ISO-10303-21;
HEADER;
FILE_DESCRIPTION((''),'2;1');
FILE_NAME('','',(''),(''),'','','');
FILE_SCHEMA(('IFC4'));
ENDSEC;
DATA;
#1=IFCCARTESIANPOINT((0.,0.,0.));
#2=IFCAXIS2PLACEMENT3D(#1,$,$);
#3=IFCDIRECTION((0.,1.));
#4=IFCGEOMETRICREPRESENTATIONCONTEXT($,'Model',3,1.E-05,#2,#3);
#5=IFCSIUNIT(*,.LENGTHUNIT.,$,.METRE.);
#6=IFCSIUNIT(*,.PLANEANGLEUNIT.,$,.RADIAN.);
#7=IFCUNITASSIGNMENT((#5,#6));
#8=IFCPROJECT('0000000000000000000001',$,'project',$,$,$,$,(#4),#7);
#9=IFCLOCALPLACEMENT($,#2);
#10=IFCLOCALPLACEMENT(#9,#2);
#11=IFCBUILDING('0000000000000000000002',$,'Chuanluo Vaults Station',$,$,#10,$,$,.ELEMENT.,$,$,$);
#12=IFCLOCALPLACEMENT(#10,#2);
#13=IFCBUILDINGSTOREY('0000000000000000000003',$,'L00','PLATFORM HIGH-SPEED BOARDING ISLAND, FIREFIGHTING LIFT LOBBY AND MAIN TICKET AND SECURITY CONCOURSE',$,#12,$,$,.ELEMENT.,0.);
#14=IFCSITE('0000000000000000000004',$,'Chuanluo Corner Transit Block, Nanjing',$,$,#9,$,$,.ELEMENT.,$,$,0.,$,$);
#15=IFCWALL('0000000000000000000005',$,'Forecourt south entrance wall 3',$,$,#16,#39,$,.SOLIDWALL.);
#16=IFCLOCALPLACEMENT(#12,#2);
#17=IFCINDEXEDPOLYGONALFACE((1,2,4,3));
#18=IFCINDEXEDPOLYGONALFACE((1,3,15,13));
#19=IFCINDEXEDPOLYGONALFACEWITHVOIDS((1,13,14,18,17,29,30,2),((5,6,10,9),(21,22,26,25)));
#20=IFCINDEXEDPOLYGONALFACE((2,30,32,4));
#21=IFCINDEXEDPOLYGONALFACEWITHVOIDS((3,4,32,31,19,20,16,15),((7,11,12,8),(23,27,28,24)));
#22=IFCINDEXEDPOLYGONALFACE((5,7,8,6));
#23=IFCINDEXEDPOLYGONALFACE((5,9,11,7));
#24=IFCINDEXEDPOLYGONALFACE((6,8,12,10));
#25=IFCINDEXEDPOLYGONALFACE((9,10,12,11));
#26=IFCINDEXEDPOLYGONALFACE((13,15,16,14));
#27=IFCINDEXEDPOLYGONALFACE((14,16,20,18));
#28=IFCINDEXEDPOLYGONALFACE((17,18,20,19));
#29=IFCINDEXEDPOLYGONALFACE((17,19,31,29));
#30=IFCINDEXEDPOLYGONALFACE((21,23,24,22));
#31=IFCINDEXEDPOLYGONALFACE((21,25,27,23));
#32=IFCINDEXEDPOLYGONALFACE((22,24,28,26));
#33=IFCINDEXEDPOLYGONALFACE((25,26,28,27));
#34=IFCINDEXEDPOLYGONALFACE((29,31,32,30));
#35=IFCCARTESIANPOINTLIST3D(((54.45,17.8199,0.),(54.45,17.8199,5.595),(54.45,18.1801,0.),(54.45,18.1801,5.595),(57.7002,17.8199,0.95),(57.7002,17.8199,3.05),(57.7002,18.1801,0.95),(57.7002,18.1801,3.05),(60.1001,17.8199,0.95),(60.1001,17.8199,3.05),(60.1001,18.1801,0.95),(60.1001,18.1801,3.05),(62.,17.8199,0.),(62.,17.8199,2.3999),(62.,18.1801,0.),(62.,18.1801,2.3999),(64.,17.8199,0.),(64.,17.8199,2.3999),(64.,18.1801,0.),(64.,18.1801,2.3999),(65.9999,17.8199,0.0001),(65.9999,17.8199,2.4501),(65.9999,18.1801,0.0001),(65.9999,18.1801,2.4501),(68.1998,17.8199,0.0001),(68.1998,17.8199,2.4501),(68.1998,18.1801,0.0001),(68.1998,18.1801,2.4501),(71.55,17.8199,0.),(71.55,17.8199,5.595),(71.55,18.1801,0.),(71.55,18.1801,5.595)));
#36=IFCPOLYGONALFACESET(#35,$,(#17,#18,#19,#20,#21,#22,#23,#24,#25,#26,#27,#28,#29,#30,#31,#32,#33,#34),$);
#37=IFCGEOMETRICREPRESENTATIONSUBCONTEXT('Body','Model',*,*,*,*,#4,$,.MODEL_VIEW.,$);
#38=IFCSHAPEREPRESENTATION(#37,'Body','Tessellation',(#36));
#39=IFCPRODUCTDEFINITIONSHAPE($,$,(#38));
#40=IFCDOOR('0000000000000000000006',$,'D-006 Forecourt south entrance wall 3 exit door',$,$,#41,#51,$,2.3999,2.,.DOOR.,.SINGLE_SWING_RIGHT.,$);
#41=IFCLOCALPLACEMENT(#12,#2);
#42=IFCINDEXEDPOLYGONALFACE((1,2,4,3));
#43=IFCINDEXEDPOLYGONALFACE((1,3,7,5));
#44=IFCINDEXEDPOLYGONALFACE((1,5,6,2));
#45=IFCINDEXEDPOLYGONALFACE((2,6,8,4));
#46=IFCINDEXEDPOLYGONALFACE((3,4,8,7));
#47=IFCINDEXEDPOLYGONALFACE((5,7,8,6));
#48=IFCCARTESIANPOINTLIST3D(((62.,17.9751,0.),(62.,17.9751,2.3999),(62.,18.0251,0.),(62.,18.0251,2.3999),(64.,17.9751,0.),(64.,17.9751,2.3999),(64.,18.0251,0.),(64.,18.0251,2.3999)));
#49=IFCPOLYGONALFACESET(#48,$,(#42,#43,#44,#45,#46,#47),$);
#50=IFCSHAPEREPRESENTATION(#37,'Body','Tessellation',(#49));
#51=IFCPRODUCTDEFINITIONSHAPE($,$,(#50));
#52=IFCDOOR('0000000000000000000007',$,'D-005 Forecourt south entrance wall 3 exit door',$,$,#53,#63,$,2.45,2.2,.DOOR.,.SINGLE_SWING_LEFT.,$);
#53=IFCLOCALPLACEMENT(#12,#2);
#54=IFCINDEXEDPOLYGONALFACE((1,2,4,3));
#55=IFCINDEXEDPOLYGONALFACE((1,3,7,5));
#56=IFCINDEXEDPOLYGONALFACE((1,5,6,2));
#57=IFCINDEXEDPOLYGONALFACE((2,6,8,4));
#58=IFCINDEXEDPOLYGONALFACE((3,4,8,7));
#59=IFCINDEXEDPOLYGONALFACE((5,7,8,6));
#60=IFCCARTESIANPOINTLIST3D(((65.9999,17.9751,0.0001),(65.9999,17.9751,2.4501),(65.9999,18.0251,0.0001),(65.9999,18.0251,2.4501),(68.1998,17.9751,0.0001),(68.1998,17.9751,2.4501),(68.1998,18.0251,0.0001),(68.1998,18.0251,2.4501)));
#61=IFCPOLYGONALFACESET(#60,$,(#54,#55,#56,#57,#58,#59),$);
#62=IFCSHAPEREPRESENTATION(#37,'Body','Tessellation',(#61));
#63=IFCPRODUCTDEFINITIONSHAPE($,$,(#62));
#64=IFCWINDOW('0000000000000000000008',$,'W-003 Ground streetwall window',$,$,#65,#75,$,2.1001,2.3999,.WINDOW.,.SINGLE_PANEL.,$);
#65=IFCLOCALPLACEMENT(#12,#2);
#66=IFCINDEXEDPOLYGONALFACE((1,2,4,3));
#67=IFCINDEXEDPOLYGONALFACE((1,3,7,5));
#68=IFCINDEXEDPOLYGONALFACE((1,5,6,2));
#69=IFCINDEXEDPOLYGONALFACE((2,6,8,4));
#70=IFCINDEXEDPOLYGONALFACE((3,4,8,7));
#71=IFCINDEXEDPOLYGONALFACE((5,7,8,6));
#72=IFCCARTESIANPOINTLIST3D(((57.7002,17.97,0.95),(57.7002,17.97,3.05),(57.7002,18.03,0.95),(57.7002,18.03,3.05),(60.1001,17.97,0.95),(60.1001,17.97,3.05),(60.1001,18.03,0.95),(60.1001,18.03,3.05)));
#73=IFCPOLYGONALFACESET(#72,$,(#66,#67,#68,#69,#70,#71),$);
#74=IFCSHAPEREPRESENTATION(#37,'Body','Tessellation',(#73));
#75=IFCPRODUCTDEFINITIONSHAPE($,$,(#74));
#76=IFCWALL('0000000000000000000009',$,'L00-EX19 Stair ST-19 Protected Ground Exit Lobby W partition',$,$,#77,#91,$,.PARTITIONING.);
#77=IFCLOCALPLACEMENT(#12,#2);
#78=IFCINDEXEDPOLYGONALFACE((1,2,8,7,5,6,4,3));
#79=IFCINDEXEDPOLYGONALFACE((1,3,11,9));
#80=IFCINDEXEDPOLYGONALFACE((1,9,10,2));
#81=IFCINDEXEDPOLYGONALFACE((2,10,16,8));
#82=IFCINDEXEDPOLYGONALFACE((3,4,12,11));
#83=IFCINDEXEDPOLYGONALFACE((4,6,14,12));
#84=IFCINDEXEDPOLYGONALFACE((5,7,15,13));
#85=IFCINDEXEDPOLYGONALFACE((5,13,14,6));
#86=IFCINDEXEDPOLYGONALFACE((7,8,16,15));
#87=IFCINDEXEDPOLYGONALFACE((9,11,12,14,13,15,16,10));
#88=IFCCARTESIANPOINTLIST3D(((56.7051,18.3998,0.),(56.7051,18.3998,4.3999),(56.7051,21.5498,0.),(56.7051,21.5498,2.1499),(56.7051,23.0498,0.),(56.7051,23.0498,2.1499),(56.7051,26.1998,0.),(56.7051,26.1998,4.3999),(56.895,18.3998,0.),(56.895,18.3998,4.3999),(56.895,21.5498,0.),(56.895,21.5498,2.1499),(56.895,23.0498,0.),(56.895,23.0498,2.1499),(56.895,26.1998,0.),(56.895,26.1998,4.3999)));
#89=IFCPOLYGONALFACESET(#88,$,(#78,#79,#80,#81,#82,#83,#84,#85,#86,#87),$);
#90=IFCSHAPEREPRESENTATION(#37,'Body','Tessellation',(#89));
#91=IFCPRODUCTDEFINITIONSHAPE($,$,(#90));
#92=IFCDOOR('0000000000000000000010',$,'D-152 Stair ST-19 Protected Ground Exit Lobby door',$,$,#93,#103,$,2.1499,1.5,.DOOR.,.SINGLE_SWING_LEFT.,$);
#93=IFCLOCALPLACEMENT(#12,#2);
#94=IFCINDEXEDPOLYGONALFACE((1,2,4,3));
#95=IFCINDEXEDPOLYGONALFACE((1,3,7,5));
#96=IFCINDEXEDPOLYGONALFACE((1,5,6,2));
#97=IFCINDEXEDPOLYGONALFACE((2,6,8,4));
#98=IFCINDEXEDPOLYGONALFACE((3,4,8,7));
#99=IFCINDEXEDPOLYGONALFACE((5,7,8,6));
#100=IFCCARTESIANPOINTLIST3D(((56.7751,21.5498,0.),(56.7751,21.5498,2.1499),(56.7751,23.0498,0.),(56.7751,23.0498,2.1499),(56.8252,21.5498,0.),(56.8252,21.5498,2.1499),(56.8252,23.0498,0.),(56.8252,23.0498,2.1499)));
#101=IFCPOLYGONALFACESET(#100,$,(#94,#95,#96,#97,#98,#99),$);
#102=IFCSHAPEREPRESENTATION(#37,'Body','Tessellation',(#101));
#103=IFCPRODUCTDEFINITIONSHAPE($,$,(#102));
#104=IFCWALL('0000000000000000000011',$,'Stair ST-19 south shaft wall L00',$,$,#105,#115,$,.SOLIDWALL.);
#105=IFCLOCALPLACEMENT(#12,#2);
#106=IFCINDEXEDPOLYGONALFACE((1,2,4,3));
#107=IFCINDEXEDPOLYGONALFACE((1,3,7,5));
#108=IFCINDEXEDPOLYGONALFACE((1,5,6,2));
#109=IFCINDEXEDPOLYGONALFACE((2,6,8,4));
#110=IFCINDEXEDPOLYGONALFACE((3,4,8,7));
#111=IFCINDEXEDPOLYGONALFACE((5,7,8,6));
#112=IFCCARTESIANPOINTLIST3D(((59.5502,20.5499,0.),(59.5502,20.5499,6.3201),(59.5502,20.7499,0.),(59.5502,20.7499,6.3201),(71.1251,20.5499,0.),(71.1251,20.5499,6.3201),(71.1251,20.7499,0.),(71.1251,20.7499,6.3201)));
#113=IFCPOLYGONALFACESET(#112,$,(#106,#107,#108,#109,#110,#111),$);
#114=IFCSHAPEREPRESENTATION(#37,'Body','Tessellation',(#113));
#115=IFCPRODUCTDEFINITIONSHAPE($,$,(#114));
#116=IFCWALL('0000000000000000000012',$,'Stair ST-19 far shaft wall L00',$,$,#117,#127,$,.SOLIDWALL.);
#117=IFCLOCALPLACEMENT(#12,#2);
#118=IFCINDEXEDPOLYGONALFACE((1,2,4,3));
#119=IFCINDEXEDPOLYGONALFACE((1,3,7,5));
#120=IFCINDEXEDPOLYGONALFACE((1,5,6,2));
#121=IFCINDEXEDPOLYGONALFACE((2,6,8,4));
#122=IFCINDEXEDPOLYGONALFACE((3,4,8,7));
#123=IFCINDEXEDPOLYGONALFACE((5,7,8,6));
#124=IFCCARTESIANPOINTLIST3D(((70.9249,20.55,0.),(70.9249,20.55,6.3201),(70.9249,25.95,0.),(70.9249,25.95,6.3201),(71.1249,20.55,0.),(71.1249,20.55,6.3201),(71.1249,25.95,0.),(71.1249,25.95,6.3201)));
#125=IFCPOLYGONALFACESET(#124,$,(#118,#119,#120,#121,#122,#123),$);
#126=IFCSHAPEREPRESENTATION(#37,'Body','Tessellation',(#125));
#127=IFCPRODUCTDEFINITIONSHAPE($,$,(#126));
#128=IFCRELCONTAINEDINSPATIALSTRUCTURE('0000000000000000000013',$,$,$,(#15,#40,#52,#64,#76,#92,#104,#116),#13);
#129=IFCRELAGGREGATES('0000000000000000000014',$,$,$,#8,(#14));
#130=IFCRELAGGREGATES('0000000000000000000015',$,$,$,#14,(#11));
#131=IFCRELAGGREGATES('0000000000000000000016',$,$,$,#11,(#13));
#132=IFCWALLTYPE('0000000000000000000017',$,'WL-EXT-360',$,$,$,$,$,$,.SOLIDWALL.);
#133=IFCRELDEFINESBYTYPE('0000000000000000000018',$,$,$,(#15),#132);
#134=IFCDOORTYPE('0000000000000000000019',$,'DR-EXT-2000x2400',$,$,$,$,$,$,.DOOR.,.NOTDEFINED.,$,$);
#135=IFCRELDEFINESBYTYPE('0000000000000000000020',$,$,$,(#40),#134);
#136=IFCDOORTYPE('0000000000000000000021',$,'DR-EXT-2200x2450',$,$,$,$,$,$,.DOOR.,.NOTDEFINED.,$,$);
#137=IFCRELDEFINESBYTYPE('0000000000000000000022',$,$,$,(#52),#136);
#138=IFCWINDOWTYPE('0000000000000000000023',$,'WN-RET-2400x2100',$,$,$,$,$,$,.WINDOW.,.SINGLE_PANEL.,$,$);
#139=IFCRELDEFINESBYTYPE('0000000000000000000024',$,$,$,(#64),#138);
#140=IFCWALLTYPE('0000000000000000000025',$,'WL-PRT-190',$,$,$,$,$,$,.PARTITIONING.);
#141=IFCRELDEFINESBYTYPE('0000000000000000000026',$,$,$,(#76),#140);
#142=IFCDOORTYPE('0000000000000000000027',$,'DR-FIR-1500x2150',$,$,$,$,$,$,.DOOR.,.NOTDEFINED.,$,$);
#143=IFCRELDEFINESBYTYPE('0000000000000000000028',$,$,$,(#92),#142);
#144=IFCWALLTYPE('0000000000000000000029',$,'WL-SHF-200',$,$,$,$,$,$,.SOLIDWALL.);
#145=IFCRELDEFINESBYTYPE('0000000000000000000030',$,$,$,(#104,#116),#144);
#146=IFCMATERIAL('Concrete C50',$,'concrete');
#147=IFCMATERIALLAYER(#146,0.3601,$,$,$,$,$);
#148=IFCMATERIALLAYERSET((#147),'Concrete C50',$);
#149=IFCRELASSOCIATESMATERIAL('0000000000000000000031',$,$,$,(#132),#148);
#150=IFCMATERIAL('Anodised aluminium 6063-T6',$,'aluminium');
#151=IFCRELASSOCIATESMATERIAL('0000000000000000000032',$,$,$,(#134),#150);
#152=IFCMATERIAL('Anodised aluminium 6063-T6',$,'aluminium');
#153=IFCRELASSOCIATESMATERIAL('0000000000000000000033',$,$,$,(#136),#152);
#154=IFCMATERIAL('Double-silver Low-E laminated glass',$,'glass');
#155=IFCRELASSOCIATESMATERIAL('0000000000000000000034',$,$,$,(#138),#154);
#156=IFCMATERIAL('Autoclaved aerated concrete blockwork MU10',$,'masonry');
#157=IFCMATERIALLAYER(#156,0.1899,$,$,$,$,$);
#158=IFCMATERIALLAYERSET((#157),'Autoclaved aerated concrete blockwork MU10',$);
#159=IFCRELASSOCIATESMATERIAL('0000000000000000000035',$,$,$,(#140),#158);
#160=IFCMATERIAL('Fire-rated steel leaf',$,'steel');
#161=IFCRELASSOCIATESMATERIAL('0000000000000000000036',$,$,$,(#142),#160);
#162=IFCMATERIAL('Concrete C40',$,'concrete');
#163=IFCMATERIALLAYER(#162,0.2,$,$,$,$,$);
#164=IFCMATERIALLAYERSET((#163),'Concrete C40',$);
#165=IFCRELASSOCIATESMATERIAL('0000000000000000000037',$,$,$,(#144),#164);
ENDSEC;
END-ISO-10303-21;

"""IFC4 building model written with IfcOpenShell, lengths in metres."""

from ifc_helpers import new_model, si_unit, direction, frame, frame_2d, origin, place, context, subcontext, project, spatial, rectangle, extrude, material, layer, layer_set, type_object, element, fill, save


model = new_model("IFC4")

# Units and contexts
model_context = context("Model", 3, precision=1e-05, world=origin(), true_north=direction((0.0, 1.0)))
body_context = subcontext(model_context, "Body", "Model", "MODEL_VIEW")
ifc_project = project(units=[si_unit("LENGTHUNIT", "METRE"), si_unit("PLANEANGLEUNIT", "RADIAN")], contexts=[model_context])

# Site, building, storey
site_placement = place(None, origin())
site = spatial("IfcSite", under=ifc_project, at=site_placement, Name="Chuanluo Corner Transit Block, Nanjing", CompositionType="ELEMENT", RefElevation=0.0)
building_placement = place(site_placement, origin())
building = spatial("IfcBuilding", under=site, at=building_placement, Name="Chuanluo Vaults Station", CompositionType="ELEMENT")
storey_placement = place(building_placement, origin())
storey = spatial("IfcBuildingStorey", under=building, at=storey_placement, Name="L00", Description="PLATFORM HIGH-SPEED BOARDING ISLAND, FIREFIGHTING LIFT LOBBY AND MAIN TICKET AND SECURITY CONCOURSE", CompositionType="ELEMENT", Elevation=0.0)

# Wall, openings, doors, window
ifc_material_1 = material(Name="Concrete C50", Category="concrete")
ifc_layer_1 = layer(ifc_material_1, 0.3601)
ifc_layer_set_1 = layer_set([ifc_layer_1], Name="Concrete C50")
wall_type_1 = type_object("IfcWallType", Name="WL-EXT-360", PredefinedType="SOLIDWALL", material=ifc_layer_set_1)
wall_1_placement = place(storey_placement, frame((71.55, 18.0, 0.0), z_axis=(0.0, 0.0, 1.0), x_axis=(-1.0, 0.0, 0.0)))
wall_1 = element("IfcWall", 1, at=wall_1_placement, inside=storey, type_object=wall_type_1, Name="Forecourt south entrance wall 3", PredefinedType="SOLIDWALL", context=body_context, shape_type="SweptSolid", body=[
    extrude(rectangle(XDim=17.1001, YDim=0.3601, at=frame_2d((8.55, 0.0))), origin(), (0.0, 0.0, 1.0), 5.595),
])
opening_1_placement = place(wall_1_placement, frame((3.3501, 0.0, 0.0)))
opening_1 = element("IfcOpeningElement", 2, at=opening_1_placement, cuts=wall_1, PredefinedType="OPENING", context=body_context, shape_type="SweptSolid", body=[
    extrude(rectangle(XDim=2.2, YDim=2.45, at=frame_2d((1.1001, 1.2251))), frame((0.0, 0.1902, 0.0), z_axis=(0.0, -1.0, 0.0), x_axis=(1.0, 0.0, 0.0)), (0.0, 0.0, 1.0), 0.3801),
])
opening_2_placement = place(wall_1_placement, frame((7.55, 0.0, 0.0)))
opening_2 = element("IfcOpeningElement", 3, at=opening_2_placement, cuts=wall_1, PredefinedType="OPENING", context=body_context, shape_type="SweptSolid", body=[
    extrude(rectangle(XDim=2.0, YDim=2.3999, at=frame_2d((1.0, 1.2))), frame((0.0, 0.1902, 0.0), z_axis=(0.0, -1.0, 0.0), x_axis=(1.0, 0.0, 0.0)), (0.0, 0.0, 1.0), 0.3801),
])
opening_3_placement = place(wall_1_placement, frame((11.45, 0.0, 0.95)))
opening_3 = element("IfcOpeningElement", 4, at=opening_3_placement, cuts=wall_1, PredefinedType="OPENING", context=body_context, shape_type="SweptSolid", body=[
    extrude(rectangle(XDim=2.3999, YDim=2.1001, at=frame_2d((1.2, 1.05))), frame((0.0, 0.1902, 0.0), z_axis=(0.0, -1.0, 0.0), x_axis=(1.0, 0.0, 0.0)), (0.0, 0.0, 1.0), 0.3801),
])
ifc_material_2 = material(Name="Anodised aluminium 6063-T6", Category="aluminium")
door_type_1 = type_object("IfcDoorType", Name="DR-EXT-2000x2400", OperationType="NOTDEFINED", PredefinedType="DOOR", material=ifc_material_2)
door_1_placement = place(opening_2_placement, origin())
door_1 = element("IfcDoor", 5, at=door_1_placement, inside=storey, type_object=door_type_1, Name="D-006 Forecourt south entrance wall 3 exit door", OperationType="SINGLE_SWING_RIGHT", OverallHeight=2.3999, OverallWidth=2.0, PredefinedType="DOOR", context=body_context, shape_type="SweptSolid", body=[
    extrude(rectangle(XDim=2.0, YDim=2.3999, at=frame_2d((1.0, 1.2))), frame((0.0, 0.0249, 0.0), z_axis=(0.0, -1.0, 0.0), x_axis=(1.0, 0.0, 0.0)), (0.0, 0.0, 1.0), 0.05),
])
fill(opening_2, door_1)
ifc_material_3 = material(Name="Anodised aluminium 6063-T6", Category="aluminium")
door_type_2 = type_object("IfcDoorType", Name="DR-EXT-2200x2450", OperationType="NOTDEFINED", PredefinedType="DOOR", material=ifc_material_3)
door_2_placement = place(opening_1_placement, origin())
door_2 = element("IfcDoor", 6, at=door_2_placement, inside=storey, type_object=door_type_2, Name="D-005 Forecourt south entrance wall 3 exit door", OperationType="SINGLE_SWING_LEFT", OverallHeight=2.45, OverallWidth=2.2, PredefinedType="DOOR", context=body_context, shape_type="SweptSolid", body=[
    extrude(rectangle(XDim=2.2, YDim=2.45, at=frame_2d((1.1001, 1.2251))), frame((0.0, 0.0249, 0.0), z_axis=(0.0, -1.0, 0.0), x_axis=(1.0, 0.0, 0.0)), (0.0, 0.0, 1.0), 0.05),
])
fill(opening_1, door_2)
ifc_material_4 = material(Name="Double-silver Low-E laminated glass", Category="glass")
window_type = type_object("IfcWindowType", Name="WN-RET-2400x2100", PartitioningType="SINGLE_PANEL", PredefinedType="WINDOW", material=ifc_material_4)
window_placement = place(opening_3_placement, origin())
window = element("IfcWindow", 7, at=window_placement, inside=storey, type_object=window_type, Name="W-003 Ground streetwall window", OverallHeight=2.1001, OverallWidth=2.3999, PartitioningType="SINGLE_PANEL", PredefinedType="WINDOW", context=body_context, shape_type="SweptSolid", body=[
    extrude(rectangle(XDim=2.3999, YDim=2.1001, at=frame_2d((1.2, 1.05))), frame((0.0, 0.03, 0.0), z_axis=(0.0, -1.0, 0.0), x_axis=(1.0, 0.0, 0.0)), (0.0, 0.0, 1.0), 0.0601),
])
fill(opening_3, window)

# Wall, opening, door
ifc_material_5 = material(Name="Autoclaved aerated concrete blockwork MU10", Category="masonry")
ifc_layer_2 = layer(ifc_material_5, 0.1899)
ifc_layer_set_2 = layer_set([ifc_layer_2], Name="Autoclaved aerated concrete blockwork MU10")
wall_type_2 = type_object("IfcWallType", Name="WL-PRT-190", PredefinedType="PARTITIONING", material=ifc_layer_set_2)
wall_2_placement = place(storey_placement, frame((56.8, 18.3999, 0.0), z_axis=(0.0, 0.0, 1.0), x_axis=(0.0, 1.0, 0.0)))
wall_2 = element("IfcWall", 8, at=wall_2_placement, inside=storey, type_object=wall_type_2, Name="L00-EX19 Stair ST-19 Protected Ground Exit Lobby W partition", PredefinedType="PARTITIONING", context=body_context, shape_type="SweptSolid", body=[
    extrude(rectangle(XDim=7.8, YDim=0.1899, at=frame_2d((3.8999, 0.0))), origin(), (0.0, 0.0, 1.0), 4.3999),
])
opening_4_placement = place(wall_2_placement, frame((3.1499, 0.0, 0.0)))
opening_4 = element("IfcOpeningElement", 9, at=opening_4_placement, cuts=wall_2, PredefinedType="OPENING", context=body_context, shape_type="SweptSolid", body=[
    extrude(rectangle(XDim=1.5, YDim=2.1499, at=frame_2d((0.75, 1.075))), frame((0.0, 0.105, 0.0), z_axis=(0.0, -1.0, 0.0), x_axis=(1.0, 0.0, 0.0)), (0.0, 0.0, 1.0), 0.2099),
])
ifc_material_6 = material(Name="Fire-rated steel leaf", Category="steel")
door_type_3 = type_object("IfcDoorType", Name="DR-FIR-1500x2150", OperationType="NOTDEFINED", PredefinedType="DOOR", material=ifc_material_6)
door_3_placement = place(opening_4_placement, origin())
door_3 = element("IfcDoor", 10, at=door_3_placement, inside=storey, type_object=door_type_3, Name="D-152 Stair ST-19 Protected Ground Exit Lobby door", OperationType="SINGLE_SWING_LEFT", OverallHeight=2.1499, OverallWidth=1.5, PredefinedType="DOOR", context=body_context, shape_type="SweptSolid", body=[
    extrude(rectangle(XDim=1.5, YDim=2.1499, at=frame_2d((0.75, 1.075))), frame((0.0, 0.0249, 0.0), z_axis=(0.0, -1.0, 0.0), x_axis=(1.0, 0.0, 0.0)), (0.0, 0.0, 1.0), 0.05),
])
fill(opening_4, door_3)

# Walls
ifc_material_7 = material(Name="Concrete C40", Category="concrete")
ifc_layer_3 = layer(ifc_material_7, 0.2)
ifc_layer_set_3 = layer_set([ifc_layer_3], Name="Concrete C40")
wall_type_3 = type_object("IfcWallType", Name="WL-SHF-200", PredefinedType="SOLIDWALL", material=ifc_layer_set_3)
wall_3_placement = place(storey_placement, frame((59.55, 20.6499, 0.0), z_axis=(0.0, 0.0, 1.0), x_axis=(1.0, 0.0, 0.0)))
element("IfcWall", 11, at=wall_3_placement, inside=storey, type_object=wall_type_3, Name="Stair ST-19 south shaft wall L00", PredefinedType="SOLIDWALL", context=body_context, shape_type="SweptSolid", body=[
    extrude(rectangle(XDim=11.575, YDim=0.2, at=frame_2d((5.7876, 0.0))), origin(), (0.0, 0.0, 1.0), 6.3201),
])
wall_4_placement = place(storey_placement, frame((71.0249, 20.55, 0.0), z_axis=(0.0, 0.0, 1.0), x_axis=(0.0, 1.0, 0.0)))
element("IfcWall", 12, at=wall_4_placement, inside=storey, type_object=wall_type_3, Name="Stair ST-19 far shaft wall L00", PredefinedType="SOLIDWALL", context=body_context, shape_type="SweptSolid", body=[
    extrude(rectangle(XDim=5.3999, YDim=0.2, at=frame_2d((2.7, 0.0))), origin(), (0.0, 0.0, 1.0), 6.3201),
])

save(model, "model.ifc")
